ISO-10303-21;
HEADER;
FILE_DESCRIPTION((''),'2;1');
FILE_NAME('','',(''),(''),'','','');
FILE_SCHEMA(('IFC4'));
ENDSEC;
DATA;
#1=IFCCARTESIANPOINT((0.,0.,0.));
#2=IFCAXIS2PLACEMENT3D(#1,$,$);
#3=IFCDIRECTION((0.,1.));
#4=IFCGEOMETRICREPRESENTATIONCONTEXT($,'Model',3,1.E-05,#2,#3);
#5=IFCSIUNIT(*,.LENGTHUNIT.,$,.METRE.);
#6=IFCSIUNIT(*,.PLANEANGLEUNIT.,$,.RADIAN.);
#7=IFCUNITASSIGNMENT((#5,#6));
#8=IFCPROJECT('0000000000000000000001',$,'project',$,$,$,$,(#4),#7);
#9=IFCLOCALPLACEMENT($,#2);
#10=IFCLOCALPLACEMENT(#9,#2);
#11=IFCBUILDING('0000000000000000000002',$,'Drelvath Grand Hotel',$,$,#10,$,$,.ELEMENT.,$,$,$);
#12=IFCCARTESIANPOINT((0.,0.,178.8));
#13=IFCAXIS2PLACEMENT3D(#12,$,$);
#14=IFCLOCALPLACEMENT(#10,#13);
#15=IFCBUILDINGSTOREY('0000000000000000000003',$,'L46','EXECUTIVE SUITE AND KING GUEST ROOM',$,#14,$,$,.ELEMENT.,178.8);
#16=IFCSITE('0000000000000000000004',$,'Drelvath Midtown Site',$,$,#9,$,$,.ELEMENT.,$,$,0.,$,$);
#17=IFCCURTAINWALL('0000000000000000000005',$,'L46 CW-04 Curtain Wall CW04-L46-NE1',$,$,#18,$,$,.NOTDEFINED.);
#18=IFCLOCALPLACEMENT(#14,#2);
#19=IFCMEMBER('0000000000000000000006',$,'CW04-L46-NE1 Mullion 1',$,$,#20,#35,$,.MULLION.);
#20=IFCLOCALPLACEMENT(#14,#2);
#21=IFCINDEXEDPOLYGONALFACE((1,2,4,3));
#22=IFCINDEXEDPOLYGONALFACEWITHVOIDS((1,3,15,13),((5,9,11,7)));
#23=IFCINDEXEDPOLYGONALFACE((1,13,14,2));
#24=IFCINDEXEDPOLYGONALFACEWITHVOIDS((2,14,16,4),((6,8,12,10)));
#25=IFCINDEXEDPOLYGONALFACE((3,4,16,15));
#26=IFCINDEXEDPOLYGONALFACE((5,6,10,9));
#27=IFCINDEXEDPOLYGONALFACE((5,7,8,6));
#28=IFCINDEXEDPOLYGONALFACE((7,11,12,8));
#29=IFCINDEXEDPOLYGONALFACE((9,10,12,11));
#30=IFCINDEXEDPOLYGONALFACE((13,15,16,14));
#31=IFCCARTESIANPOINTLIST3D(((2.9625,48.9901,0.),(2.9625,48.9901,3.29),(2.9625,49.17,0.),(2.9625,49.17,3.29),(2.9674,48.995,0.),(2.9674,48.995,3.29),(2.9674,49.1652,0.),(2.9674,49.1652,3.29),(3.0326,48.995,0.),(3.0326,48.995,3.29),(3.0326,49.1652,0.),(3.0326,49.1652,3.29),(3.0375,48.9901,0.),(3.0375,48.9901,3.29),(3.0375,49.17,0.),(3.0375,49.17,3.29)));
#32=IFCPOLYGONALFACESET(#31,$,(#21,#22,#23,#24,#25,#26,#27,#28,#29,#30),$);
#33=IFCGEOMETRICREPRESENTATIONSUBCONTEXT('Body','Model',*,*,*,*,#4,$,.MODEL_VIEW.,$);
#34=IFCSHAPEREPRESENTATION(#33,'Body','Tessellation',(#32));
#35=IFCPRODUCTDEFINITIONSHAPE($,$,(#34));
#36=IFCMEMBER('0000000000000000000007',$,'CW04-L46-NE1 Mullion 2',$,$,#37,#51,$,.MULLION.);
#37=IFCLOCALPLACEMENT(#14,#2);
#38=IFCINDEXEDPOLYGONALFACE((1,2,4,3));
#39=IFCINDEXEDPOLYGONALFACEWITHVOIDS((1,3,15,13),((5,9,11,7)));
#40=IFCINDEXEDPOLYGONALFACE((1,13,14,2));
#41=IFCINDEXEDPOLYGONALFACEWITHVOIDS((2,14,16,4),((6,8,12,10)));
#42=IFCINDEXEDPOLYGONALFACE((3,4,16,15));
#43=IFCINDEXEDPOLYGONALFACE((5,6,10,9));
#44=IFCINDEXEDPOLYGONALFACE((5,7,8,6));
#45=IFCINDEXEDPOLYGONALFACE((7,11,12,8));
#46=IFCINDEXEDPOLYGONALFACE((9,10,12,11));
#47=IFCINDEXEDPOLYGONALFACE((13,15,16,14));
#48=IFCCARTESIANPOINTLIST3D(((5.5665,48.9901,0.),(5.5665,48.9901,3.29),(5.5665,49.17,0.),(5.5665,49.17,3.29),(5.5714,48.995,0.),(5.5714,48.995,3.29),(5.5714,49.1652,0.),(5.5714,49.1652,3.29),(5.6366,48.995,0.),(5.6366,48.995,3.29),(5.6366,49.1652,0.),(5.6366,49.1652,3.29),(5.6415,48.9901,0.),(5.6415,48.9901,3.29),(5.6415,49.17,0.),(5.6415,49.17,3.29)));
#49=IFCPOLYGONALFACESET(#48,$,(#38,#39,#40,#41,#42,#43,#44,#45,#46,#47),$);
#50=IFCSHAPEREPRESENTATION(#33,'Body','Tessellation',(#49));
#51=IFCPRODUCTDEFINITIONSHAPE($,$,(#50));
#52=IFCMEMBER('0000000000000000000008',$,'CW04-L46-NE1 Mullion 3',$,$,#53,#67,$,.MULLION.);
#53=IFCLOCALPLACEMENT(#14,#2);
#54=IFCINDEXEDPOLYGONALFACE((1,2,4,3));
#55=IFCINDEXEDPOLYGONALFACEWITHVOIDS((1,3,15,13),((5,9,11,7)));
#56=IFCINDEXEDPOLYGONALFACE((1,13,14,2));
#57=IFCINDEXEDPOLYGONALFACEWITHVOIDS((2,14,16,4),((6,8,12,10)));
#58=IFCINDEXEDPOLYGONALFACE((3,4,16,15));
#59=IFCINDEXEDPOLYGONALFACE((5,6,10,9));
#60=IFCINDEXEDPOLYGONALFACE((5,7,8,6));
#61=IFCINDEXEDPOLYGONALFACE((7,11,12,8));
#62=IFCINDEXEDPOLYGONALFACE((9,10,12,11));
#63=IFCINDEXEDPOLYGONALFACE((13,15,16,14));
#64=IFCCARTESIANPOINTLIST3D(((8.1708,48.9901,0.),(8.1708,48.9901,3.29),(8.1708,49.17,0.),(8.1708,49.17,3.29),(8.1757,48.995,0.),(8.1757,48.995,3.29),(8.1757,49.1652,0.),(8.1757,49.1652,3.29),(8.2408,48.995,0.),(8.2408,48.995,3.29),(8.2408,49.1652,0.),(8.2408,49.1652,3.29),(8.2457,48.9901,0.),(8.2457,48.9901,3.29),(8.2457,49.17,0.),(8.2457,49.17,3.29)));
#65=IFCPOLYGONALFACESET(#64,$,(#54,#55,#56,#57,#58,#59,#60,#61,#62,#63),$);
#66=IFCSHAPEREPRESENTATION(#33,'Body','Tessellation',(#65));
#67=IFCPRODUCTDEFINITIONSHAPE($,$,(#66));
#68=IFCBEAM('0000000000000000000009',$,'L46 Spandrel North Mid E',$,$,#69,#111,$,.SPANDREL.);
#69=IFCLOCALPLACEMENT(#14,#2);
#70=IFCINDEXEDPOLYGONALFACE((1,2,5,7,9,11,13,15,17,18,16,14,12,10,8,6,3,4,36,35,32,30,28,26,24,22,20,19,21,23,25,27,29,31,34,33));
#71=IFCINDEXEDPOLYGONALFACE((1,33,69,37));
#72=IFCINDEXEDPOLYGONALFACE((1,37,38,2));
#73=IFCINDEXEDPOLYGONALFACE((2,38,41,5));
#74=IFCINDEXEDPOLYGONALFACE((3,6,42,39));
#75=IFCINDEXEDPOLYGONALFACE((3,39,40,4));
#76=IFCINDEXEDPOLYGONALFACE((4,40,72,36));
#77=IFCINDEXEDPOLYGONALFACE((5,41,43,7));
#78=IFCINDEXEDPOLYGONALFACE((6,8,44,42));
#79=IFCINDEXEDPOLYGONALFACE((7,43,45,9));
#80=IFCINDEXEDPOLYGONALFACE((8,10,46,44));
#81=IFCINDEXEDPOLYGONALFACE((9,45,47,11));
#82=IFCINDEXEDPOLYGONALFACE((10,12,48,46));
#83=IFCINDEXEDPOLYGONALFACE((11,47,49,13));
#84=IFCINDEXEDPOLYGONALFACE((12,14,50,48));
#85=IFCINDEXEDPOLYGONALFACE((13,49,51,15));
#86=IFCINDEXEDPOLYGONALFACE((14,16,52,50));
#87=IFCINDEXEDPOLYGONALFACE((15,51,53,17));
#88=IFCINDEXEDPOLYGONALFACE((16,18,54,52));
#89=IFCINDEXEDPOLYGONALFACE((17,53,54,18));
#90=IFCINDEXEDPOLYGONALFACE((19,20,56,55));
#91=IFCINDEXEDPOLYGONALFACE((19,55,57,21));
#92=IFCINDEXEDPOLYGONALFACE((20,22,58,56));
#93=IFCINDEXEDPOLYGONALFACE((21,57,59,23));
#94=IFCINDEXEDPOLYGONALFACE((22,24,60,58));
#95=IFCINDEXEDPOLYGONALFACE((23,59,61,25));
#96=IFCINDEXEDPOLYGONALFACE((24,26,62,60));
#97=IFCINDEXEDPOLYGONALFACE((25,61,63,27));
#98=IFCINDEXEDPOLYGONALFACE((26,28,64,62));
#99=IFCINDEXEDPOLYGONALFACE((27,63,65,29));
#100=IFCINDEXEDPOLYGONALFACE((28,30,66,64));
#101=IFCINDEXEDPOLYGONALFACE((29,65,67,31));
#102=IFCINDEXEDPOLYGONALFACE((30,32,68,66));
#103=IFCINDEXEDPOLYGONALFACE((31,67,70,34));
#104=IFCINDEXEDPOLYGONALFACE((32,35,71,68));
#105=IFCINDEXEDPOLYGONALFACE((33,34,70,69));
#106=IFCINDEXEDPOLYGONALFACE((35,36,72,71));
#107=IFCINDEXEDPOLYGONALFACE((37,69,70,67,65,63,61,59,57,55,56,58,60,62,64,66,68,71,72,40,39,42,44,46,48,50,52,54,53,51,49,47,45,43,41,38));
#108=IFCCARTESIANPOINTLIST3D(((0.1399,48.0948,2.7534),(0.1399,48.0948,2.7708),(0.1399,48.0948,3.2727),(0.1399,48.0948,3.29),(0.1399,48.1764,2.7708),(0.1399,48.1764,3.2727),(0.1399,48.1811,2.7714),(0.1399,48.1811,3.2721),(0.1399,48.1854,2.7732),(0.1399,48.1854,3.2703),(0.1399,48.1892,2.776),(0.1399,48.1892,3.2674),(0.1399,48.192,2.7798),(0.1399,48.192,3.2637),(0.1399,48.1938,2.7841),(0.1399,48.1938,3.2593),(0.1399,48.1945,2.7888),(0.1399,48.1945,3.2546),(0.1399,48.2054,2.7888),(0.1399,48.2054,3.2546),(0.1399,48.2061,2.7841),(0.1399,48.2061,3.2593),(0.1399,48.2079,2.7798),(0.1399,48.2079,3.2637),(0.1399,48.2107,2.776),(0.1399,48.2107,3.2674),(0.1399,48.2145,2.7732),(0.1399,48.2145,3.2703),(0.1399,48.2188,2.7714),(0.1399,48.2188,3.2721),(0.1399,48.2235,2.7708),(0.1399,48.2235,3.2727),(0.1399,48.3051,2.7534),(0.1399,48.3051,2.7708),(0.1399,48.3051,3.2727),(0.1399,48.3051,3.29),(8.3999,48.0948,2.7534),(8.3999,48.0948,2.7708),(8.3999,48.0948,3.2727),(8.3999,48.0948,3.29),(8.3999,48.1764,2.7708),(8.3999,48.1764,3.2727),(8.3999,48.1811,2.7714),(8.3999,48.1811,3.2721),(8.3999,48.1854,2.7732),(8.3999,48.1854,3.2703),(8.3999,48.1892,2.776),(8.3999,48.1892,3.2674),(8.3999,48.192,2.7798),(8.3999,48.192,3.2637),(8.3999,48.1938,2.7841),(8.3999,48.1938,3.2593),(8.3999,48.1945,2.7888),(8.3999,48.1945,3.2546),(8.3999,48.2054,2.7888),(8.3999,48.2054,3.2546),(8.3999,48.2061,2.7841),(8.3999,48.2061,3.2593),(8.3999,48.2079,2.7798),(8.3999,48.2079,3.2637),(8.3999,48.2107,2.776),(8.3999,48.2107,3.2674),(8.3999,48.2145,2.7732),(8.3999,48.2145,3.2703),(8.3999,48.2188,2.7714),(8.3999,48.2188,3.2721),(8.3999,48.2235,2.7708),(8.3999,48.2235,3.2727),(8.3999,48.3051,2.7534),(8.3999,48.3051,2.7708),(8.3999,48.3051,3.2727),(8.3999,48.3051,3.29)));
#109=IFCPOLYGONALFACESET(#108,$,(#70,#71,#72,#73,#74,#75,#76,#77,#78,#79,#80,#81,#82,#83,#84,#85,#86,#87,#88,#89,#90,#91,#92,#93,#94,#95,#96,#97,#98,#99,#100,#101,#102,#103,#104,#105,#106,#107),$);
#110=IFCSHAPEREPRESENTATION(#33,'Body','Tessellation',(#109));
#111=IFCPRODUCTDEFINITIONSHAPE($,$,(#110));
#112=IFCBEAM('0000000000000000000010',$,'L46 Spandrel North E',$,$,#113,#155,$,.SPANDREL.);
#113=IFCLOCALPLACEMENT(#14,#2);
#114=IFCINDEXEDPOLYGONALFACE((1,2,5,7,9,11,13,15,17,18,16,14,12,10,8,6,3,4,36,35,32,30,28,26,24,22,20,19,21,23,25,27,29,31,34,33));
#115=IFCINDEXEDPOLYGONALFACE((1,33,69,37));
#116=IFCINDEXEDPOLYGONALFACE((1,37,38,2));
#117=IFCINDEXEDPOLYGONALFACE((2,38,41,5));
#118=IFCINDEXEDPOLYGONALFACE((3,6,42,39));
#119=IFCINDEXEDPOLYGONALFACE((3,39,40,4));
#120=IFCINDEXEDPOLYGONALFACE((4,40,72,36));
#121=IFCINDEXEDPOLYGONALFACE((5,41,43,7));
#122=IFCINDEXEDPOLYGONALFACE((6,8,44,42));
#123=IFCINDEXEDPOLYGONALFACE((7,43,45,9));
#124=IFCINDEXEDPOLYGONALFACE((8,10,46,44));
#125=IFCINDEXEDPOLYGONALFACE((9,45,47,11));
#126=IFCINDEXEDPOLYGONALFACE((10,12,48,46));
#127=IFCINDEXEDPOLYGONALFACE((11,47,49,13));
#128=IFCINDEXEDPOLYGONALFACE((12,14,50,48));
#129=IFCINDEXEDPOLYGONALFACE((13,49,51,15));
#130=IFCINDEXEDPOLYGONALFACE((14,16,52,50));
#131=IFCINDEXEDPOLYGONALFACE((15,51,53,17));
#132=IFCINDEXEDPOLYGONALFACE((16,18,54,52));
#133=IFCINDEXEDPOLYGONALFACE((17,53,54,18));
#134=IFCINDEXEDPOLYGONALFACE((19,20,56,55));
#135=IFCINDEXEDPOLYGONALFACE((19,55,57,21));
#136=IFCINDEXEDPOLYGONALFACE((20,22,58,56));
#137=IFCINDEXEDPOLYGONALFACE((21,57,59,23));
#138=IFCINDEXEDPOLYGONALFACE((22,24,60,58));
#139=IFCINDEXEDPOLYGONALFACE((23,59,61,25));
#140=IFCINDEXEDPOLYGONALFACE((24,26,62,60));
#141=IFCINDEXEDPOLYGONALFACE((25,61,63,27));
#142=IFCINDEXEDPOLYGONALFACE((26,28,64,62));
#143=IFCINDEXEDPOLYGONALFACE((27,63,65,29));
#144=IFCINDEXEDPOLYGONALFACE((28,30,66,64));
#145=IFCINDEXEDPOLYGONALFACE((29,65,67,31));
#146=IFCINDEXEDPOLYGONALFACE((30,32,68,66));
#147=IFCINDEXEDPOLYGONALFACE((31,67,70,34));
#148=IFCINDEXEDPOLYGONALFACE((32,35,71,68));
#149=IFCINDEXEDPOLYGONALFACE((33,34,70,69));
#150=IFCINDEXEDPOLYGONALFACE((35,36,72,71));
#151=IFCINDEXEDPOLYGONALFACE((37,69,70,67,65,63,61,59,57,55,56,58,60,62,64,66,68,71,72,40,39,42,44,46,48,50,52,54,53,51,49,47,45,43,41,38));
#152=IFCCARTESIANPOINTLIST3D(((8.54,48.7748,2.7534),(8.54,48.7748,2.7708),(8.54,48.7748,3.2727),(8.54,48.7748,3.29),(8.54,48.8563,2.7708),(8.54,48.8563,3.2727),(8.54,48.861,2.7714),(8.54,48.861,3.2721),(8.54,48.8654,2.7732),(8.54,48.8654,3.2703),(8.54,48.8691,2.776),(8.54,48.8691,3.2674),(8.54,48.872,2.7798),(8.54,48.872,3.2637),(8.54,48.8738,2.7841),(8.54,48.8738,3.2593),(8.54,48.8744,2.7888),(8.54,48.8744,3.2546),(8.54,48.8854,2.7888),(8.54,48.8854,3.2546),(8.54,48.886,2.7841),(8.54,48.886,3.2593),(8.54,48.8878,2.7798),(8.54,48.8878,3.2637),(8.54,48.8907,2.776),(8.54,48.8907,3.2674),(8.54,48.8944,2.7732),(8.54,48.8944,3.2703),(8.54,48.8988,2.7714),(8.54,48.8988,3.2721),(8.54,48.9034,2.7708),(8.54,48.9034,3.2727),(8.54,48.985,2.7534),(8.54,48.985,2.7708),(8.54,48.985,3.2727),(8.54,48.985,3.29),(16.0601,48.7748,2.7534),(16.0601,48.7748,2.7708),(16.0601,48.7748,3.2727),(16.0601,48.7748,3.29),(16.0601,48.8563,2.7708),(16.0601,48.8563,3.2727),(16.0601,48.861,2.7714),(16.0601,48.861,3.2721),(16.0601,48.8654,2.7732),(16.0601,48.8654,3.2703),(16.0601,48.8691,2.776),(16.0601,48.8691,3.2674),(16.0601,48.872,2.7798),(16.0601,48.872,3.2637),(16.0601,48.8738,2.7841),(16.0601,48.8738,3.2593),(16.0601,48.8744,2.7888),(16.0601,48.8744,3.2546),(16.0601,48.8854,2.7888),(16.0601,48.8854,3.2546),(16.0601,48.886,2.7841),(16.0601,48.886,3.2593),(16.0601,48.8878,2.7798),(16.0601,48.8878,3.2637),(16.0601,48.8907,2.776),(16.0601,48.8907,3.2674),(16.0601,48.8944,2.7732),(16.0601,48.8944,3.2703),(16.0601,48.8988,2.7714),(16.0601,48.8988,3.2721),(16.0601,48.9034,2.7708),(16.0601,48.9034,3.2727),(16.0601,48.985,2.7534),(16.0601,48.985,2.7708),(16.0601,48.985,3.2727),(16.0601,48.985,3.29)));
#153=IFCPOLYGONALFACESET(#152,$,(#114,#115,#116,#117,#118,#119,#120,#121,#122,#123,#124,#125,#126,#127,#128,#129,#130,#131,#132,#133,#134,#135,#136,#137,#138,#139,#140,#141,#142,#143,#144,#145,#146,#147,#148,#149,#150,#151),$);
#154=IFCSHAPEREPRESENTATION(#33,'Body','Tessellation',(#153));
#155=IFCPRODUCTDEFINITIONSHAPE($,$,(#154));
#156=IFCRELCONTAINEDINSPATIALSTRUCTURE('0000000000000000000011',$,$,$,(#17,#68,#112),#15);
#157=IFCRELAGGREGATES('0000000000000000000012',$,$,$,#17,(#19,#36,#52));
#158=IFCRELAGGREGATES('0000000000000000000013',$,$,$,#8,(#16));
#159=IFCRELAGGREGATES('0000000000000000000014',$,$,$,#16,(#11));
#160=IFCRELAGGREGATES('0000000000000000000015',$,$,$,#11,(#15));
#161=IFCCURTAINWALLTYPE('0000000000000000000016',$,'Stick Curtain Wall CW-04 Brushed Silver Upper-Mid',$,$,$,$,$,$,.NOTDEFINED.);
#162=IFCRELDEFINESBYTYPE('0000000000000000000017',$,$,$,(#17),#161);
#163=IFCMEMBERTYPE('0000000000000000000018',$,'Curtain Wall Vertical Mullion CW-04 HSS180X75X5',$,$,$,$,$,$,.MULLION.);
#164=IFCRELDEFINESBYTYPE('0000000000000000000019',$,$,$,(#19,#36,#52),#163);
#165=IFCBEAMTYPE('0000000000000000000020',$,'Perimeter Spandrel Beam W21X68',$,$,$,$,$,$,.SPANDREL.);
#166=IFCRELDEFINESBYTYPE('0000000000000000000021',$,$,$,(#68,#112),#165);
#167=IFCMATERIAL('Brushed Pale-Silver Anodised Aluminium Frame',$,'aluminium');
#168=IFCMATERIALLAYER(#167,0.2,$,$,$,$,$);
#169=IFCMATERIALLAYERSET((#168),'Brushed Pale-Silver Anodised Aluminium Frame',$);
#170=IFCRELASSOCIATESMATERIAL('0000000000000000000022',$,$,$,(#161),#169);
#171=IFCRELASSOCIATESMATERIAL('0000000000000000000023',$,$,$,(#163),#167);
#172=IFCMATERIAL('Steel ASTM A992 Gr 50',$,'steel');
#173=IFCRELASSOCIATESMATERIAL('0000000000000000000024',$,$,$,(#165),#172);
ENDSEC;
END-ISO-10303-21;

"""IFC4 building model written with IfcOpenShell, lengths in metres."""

from ifc_helpers import new_model, si_unit, direction, frame, origin, origin_2d, place, context, subcontext, project, spatial, hollow_rectangle, i_section, extrude, material, layer, layer_set, material_profile, profile_set, type_object, element, aggregate, save


model = new_model("IFC4")

# Units and contexts
model_context = context("Model", 3, precision=1e-05, world=origin(), true_north=direction((0.0, 1.0)))
body_context = subcontext(model_context, "Body", "Model", "MODEL_VIEW")
ifc_project = project(units=[si_unit("LENGTHUNIT", "METRE"), si_unit("PLANEANGLEUNIT", "RADIAN")], contexts=[model_context])

# Site, building, storey
site_placement = place(None, origin())
site = spatial("IfcSite", under=ifc_project, at=site_placement, Name="Drelvath Midtown Site", CompositionType="ELEMENT", RefElevation=0.0)
building_placement = place(site_placement, origin())
building = spatial("IfcBuilding", under=site, at=building_placement, Name="Drelvath Grand Hotel", CompositionType="ELEMENT")
storey_placement = place(building_placement, frame((0.0, 0.0, 178.8)))
storey = spatial("IfcBuildingStorey", under=building, at=storey_placement, Name="L46", Description="EXECUTIVE SUITE AND KING GUEST ROOM", CompositionType="ELEMENT", Elevation=178.8)

# Curtain wall
ifc_material_1 = material(Name="Brushed Pale-Silver Anodised Aluminium Frame", Category="aluminium")
ifc_layer_1 = layer(ifc_material_1, 0.2)
ifc_layer_set_1 = layer_set([ifc_layer_1], Name="Brushed Pale-Silver Anodised Aluminium Frame")
curtain_wall_type = type_object("IfcCurtainWallType", Name="Stick Curtain Wall CW-04 Brushed Silver Upper-Mid", PredefinedType="NOTDEFINED", material=ifc_layer_set_1)
curtain_wall_1_placement = place(storey_placement, origin())
curtain_wall_1 = element("IfcCurtainWall", 1, at=curtain_wall_1_placement, inside=storey, type_object=curtain_wall_type, Name="L46 CW-04 Curtain Wall CW04-L46-NE1", PredefinedType="NOTDEFINED")
ifc_material_profile_1 = material_profile(ifc_material_1, hollow_rectangle(XDim=0.075, YDim=0.1799, WallThickness=0.0049, at=origin_2d()), Name="HSS180X75X5")
ifc_profile_set_1 = profile_set([ifc_material_profile_1], Name="Brushed Pale-Silver Anodised Aluminium Frame")
member_type_1 = type_object("IfcMemberType", Name="Curtain Wall Vertical Mullion CW-04 HSS180X75X5", PredefinedType="MULLION", material=ifc_profile_set_1)

# Members
member_1_placement = place(storey_placement, frame((3.0, 49.0801, 0.0), z_axis=(0.0, 0.0, 1.0), x_axis=(1.0, 0.0, 0.0)))
member_1 = element("IfcMember", 2, at=member_1_placement, type_object=member_type_1, Name="CW04-L46-NE1 Mullion 1", PredefinedType="MULLION", context=body_context, shape_type="SweptSolid", body=[
    extrude(hollow_rectangle(XDim=0.075, YDim=0.1799, WallThickness=0.0049, at=origin_2d()), origin(), (0.0, 0.0, 1.0), 3.29),
])
member_2_placement = place(storey_placement, frame((5.604, 49.0801, 0.0), z_axis=(0.0, 0.0, 1.0), x_axis=(1.0, 0.0, 0.0)))
member_2 = element("IfcMember", 3, at=member_2_placement, type_object=member_type_1, Name="CW04-L46-NE1 Mullion 2", PredefinedType="MULLION", context=body_context, shape_type="SweptSolid", body=[
    extrude(hollow_rectangle(XDim=0.075, YDim=0.1799, WallThickness=0.0049, at=origin_2d()), origin(), (0.0, 0.0, 1.0), 3.29),
])
member_3_placement = place(storey_placement, frame((8.2083, 49.0801, 0.0), z_axis=(0.0, 0.0, 1.0), x_axis=(1.0, 0.0, 0.0)))
member_3 = element("IfcMember", 4, at=member_3_placement, type_object=member_type_1, Name="CW04-L46-NE1 Mullion 3", PredefinedType="MULLION", context=body_context, shape_type="SweptSolid", body=[
    extrude(hollow_rectangle(XDim=0.075, YDim=0.1799, WallThickness=0.0049, at=origin_2d()), origin(), (0.0, 0.0, 1.0), 3.29),
])

# Beams
ifc_material_2 = material(Name="Steel ASTM A992 Gr 50", Category="steel")
ifc_material_profile_2 = material_profile(ifc_material_2, i_section(OverallWidth=0.2102, OverallDepth=0.5366, WebThickness=0.011, FlangeThickness=0.0173, FilletRadius=0.0181, at=origin_2d()), Name="W21X68")
ifc_profile_set_2 = profile_set([ifc_material_profile_2], Name="Steel ASTM A992 Gr 50")
beam_type_1 = type_object("IfcBeamType", Name="Perimeter Spandrel Beam W21X68", PredefinedType="SPANDREL", material=ifc_profile_set_2)
beam_1_placement = place(storey_placement, frame((0.1399, 48.2, 3.0217), z_axis=(1.0, 0.0, 0.0), x_axis=(0.0, 1.0, 0.0)))
element("IfcBeam", 5, at=beam_1_placement, inside=storey, type_object=beam_type_1, Name="L46 Spandrel North Mid E", PredefinedType="SPANDREL", context=body_context, shape_type="SweptSolid", body=[
    extrude(i_section(OverallWidth=0.2102, OverallDepth=0.5366, WebThickness=0.011, FlangeThickness=0.0173, FilletRadius=0.0181, at=origin_2d()), origin(), (0.0, 0.0, 1.0), 8.26),
])
beam_2_placement = place(storey_placement, frame((8.54, 48.8799, 3.0217), z_axis=(1.0, 0.0, 0.0), x_axis=(0.0, 1.0, 0.0)))
element("IfcBeam", 6, at=beam_2_placement, inside=storey, type_object=beam_type_1, Name="L46 Spandrel North E", PredefinedType="SPANDREL", context=body_context, shape_type="SweptSolid", body=[
    extrude(i_section(OverallWidth=0.2102, OverallDepth=0.5366, WebThickness=0.011, FlangeThickness=0.0173, FilletRadius=0.0181, at=origin_2d()), origin(), (0.0, 0.0, 1.0), 7.52),
])

aggregate(curtain_wall_1, [member_1, member_2, member_3])

save(model, "model.ifc")
